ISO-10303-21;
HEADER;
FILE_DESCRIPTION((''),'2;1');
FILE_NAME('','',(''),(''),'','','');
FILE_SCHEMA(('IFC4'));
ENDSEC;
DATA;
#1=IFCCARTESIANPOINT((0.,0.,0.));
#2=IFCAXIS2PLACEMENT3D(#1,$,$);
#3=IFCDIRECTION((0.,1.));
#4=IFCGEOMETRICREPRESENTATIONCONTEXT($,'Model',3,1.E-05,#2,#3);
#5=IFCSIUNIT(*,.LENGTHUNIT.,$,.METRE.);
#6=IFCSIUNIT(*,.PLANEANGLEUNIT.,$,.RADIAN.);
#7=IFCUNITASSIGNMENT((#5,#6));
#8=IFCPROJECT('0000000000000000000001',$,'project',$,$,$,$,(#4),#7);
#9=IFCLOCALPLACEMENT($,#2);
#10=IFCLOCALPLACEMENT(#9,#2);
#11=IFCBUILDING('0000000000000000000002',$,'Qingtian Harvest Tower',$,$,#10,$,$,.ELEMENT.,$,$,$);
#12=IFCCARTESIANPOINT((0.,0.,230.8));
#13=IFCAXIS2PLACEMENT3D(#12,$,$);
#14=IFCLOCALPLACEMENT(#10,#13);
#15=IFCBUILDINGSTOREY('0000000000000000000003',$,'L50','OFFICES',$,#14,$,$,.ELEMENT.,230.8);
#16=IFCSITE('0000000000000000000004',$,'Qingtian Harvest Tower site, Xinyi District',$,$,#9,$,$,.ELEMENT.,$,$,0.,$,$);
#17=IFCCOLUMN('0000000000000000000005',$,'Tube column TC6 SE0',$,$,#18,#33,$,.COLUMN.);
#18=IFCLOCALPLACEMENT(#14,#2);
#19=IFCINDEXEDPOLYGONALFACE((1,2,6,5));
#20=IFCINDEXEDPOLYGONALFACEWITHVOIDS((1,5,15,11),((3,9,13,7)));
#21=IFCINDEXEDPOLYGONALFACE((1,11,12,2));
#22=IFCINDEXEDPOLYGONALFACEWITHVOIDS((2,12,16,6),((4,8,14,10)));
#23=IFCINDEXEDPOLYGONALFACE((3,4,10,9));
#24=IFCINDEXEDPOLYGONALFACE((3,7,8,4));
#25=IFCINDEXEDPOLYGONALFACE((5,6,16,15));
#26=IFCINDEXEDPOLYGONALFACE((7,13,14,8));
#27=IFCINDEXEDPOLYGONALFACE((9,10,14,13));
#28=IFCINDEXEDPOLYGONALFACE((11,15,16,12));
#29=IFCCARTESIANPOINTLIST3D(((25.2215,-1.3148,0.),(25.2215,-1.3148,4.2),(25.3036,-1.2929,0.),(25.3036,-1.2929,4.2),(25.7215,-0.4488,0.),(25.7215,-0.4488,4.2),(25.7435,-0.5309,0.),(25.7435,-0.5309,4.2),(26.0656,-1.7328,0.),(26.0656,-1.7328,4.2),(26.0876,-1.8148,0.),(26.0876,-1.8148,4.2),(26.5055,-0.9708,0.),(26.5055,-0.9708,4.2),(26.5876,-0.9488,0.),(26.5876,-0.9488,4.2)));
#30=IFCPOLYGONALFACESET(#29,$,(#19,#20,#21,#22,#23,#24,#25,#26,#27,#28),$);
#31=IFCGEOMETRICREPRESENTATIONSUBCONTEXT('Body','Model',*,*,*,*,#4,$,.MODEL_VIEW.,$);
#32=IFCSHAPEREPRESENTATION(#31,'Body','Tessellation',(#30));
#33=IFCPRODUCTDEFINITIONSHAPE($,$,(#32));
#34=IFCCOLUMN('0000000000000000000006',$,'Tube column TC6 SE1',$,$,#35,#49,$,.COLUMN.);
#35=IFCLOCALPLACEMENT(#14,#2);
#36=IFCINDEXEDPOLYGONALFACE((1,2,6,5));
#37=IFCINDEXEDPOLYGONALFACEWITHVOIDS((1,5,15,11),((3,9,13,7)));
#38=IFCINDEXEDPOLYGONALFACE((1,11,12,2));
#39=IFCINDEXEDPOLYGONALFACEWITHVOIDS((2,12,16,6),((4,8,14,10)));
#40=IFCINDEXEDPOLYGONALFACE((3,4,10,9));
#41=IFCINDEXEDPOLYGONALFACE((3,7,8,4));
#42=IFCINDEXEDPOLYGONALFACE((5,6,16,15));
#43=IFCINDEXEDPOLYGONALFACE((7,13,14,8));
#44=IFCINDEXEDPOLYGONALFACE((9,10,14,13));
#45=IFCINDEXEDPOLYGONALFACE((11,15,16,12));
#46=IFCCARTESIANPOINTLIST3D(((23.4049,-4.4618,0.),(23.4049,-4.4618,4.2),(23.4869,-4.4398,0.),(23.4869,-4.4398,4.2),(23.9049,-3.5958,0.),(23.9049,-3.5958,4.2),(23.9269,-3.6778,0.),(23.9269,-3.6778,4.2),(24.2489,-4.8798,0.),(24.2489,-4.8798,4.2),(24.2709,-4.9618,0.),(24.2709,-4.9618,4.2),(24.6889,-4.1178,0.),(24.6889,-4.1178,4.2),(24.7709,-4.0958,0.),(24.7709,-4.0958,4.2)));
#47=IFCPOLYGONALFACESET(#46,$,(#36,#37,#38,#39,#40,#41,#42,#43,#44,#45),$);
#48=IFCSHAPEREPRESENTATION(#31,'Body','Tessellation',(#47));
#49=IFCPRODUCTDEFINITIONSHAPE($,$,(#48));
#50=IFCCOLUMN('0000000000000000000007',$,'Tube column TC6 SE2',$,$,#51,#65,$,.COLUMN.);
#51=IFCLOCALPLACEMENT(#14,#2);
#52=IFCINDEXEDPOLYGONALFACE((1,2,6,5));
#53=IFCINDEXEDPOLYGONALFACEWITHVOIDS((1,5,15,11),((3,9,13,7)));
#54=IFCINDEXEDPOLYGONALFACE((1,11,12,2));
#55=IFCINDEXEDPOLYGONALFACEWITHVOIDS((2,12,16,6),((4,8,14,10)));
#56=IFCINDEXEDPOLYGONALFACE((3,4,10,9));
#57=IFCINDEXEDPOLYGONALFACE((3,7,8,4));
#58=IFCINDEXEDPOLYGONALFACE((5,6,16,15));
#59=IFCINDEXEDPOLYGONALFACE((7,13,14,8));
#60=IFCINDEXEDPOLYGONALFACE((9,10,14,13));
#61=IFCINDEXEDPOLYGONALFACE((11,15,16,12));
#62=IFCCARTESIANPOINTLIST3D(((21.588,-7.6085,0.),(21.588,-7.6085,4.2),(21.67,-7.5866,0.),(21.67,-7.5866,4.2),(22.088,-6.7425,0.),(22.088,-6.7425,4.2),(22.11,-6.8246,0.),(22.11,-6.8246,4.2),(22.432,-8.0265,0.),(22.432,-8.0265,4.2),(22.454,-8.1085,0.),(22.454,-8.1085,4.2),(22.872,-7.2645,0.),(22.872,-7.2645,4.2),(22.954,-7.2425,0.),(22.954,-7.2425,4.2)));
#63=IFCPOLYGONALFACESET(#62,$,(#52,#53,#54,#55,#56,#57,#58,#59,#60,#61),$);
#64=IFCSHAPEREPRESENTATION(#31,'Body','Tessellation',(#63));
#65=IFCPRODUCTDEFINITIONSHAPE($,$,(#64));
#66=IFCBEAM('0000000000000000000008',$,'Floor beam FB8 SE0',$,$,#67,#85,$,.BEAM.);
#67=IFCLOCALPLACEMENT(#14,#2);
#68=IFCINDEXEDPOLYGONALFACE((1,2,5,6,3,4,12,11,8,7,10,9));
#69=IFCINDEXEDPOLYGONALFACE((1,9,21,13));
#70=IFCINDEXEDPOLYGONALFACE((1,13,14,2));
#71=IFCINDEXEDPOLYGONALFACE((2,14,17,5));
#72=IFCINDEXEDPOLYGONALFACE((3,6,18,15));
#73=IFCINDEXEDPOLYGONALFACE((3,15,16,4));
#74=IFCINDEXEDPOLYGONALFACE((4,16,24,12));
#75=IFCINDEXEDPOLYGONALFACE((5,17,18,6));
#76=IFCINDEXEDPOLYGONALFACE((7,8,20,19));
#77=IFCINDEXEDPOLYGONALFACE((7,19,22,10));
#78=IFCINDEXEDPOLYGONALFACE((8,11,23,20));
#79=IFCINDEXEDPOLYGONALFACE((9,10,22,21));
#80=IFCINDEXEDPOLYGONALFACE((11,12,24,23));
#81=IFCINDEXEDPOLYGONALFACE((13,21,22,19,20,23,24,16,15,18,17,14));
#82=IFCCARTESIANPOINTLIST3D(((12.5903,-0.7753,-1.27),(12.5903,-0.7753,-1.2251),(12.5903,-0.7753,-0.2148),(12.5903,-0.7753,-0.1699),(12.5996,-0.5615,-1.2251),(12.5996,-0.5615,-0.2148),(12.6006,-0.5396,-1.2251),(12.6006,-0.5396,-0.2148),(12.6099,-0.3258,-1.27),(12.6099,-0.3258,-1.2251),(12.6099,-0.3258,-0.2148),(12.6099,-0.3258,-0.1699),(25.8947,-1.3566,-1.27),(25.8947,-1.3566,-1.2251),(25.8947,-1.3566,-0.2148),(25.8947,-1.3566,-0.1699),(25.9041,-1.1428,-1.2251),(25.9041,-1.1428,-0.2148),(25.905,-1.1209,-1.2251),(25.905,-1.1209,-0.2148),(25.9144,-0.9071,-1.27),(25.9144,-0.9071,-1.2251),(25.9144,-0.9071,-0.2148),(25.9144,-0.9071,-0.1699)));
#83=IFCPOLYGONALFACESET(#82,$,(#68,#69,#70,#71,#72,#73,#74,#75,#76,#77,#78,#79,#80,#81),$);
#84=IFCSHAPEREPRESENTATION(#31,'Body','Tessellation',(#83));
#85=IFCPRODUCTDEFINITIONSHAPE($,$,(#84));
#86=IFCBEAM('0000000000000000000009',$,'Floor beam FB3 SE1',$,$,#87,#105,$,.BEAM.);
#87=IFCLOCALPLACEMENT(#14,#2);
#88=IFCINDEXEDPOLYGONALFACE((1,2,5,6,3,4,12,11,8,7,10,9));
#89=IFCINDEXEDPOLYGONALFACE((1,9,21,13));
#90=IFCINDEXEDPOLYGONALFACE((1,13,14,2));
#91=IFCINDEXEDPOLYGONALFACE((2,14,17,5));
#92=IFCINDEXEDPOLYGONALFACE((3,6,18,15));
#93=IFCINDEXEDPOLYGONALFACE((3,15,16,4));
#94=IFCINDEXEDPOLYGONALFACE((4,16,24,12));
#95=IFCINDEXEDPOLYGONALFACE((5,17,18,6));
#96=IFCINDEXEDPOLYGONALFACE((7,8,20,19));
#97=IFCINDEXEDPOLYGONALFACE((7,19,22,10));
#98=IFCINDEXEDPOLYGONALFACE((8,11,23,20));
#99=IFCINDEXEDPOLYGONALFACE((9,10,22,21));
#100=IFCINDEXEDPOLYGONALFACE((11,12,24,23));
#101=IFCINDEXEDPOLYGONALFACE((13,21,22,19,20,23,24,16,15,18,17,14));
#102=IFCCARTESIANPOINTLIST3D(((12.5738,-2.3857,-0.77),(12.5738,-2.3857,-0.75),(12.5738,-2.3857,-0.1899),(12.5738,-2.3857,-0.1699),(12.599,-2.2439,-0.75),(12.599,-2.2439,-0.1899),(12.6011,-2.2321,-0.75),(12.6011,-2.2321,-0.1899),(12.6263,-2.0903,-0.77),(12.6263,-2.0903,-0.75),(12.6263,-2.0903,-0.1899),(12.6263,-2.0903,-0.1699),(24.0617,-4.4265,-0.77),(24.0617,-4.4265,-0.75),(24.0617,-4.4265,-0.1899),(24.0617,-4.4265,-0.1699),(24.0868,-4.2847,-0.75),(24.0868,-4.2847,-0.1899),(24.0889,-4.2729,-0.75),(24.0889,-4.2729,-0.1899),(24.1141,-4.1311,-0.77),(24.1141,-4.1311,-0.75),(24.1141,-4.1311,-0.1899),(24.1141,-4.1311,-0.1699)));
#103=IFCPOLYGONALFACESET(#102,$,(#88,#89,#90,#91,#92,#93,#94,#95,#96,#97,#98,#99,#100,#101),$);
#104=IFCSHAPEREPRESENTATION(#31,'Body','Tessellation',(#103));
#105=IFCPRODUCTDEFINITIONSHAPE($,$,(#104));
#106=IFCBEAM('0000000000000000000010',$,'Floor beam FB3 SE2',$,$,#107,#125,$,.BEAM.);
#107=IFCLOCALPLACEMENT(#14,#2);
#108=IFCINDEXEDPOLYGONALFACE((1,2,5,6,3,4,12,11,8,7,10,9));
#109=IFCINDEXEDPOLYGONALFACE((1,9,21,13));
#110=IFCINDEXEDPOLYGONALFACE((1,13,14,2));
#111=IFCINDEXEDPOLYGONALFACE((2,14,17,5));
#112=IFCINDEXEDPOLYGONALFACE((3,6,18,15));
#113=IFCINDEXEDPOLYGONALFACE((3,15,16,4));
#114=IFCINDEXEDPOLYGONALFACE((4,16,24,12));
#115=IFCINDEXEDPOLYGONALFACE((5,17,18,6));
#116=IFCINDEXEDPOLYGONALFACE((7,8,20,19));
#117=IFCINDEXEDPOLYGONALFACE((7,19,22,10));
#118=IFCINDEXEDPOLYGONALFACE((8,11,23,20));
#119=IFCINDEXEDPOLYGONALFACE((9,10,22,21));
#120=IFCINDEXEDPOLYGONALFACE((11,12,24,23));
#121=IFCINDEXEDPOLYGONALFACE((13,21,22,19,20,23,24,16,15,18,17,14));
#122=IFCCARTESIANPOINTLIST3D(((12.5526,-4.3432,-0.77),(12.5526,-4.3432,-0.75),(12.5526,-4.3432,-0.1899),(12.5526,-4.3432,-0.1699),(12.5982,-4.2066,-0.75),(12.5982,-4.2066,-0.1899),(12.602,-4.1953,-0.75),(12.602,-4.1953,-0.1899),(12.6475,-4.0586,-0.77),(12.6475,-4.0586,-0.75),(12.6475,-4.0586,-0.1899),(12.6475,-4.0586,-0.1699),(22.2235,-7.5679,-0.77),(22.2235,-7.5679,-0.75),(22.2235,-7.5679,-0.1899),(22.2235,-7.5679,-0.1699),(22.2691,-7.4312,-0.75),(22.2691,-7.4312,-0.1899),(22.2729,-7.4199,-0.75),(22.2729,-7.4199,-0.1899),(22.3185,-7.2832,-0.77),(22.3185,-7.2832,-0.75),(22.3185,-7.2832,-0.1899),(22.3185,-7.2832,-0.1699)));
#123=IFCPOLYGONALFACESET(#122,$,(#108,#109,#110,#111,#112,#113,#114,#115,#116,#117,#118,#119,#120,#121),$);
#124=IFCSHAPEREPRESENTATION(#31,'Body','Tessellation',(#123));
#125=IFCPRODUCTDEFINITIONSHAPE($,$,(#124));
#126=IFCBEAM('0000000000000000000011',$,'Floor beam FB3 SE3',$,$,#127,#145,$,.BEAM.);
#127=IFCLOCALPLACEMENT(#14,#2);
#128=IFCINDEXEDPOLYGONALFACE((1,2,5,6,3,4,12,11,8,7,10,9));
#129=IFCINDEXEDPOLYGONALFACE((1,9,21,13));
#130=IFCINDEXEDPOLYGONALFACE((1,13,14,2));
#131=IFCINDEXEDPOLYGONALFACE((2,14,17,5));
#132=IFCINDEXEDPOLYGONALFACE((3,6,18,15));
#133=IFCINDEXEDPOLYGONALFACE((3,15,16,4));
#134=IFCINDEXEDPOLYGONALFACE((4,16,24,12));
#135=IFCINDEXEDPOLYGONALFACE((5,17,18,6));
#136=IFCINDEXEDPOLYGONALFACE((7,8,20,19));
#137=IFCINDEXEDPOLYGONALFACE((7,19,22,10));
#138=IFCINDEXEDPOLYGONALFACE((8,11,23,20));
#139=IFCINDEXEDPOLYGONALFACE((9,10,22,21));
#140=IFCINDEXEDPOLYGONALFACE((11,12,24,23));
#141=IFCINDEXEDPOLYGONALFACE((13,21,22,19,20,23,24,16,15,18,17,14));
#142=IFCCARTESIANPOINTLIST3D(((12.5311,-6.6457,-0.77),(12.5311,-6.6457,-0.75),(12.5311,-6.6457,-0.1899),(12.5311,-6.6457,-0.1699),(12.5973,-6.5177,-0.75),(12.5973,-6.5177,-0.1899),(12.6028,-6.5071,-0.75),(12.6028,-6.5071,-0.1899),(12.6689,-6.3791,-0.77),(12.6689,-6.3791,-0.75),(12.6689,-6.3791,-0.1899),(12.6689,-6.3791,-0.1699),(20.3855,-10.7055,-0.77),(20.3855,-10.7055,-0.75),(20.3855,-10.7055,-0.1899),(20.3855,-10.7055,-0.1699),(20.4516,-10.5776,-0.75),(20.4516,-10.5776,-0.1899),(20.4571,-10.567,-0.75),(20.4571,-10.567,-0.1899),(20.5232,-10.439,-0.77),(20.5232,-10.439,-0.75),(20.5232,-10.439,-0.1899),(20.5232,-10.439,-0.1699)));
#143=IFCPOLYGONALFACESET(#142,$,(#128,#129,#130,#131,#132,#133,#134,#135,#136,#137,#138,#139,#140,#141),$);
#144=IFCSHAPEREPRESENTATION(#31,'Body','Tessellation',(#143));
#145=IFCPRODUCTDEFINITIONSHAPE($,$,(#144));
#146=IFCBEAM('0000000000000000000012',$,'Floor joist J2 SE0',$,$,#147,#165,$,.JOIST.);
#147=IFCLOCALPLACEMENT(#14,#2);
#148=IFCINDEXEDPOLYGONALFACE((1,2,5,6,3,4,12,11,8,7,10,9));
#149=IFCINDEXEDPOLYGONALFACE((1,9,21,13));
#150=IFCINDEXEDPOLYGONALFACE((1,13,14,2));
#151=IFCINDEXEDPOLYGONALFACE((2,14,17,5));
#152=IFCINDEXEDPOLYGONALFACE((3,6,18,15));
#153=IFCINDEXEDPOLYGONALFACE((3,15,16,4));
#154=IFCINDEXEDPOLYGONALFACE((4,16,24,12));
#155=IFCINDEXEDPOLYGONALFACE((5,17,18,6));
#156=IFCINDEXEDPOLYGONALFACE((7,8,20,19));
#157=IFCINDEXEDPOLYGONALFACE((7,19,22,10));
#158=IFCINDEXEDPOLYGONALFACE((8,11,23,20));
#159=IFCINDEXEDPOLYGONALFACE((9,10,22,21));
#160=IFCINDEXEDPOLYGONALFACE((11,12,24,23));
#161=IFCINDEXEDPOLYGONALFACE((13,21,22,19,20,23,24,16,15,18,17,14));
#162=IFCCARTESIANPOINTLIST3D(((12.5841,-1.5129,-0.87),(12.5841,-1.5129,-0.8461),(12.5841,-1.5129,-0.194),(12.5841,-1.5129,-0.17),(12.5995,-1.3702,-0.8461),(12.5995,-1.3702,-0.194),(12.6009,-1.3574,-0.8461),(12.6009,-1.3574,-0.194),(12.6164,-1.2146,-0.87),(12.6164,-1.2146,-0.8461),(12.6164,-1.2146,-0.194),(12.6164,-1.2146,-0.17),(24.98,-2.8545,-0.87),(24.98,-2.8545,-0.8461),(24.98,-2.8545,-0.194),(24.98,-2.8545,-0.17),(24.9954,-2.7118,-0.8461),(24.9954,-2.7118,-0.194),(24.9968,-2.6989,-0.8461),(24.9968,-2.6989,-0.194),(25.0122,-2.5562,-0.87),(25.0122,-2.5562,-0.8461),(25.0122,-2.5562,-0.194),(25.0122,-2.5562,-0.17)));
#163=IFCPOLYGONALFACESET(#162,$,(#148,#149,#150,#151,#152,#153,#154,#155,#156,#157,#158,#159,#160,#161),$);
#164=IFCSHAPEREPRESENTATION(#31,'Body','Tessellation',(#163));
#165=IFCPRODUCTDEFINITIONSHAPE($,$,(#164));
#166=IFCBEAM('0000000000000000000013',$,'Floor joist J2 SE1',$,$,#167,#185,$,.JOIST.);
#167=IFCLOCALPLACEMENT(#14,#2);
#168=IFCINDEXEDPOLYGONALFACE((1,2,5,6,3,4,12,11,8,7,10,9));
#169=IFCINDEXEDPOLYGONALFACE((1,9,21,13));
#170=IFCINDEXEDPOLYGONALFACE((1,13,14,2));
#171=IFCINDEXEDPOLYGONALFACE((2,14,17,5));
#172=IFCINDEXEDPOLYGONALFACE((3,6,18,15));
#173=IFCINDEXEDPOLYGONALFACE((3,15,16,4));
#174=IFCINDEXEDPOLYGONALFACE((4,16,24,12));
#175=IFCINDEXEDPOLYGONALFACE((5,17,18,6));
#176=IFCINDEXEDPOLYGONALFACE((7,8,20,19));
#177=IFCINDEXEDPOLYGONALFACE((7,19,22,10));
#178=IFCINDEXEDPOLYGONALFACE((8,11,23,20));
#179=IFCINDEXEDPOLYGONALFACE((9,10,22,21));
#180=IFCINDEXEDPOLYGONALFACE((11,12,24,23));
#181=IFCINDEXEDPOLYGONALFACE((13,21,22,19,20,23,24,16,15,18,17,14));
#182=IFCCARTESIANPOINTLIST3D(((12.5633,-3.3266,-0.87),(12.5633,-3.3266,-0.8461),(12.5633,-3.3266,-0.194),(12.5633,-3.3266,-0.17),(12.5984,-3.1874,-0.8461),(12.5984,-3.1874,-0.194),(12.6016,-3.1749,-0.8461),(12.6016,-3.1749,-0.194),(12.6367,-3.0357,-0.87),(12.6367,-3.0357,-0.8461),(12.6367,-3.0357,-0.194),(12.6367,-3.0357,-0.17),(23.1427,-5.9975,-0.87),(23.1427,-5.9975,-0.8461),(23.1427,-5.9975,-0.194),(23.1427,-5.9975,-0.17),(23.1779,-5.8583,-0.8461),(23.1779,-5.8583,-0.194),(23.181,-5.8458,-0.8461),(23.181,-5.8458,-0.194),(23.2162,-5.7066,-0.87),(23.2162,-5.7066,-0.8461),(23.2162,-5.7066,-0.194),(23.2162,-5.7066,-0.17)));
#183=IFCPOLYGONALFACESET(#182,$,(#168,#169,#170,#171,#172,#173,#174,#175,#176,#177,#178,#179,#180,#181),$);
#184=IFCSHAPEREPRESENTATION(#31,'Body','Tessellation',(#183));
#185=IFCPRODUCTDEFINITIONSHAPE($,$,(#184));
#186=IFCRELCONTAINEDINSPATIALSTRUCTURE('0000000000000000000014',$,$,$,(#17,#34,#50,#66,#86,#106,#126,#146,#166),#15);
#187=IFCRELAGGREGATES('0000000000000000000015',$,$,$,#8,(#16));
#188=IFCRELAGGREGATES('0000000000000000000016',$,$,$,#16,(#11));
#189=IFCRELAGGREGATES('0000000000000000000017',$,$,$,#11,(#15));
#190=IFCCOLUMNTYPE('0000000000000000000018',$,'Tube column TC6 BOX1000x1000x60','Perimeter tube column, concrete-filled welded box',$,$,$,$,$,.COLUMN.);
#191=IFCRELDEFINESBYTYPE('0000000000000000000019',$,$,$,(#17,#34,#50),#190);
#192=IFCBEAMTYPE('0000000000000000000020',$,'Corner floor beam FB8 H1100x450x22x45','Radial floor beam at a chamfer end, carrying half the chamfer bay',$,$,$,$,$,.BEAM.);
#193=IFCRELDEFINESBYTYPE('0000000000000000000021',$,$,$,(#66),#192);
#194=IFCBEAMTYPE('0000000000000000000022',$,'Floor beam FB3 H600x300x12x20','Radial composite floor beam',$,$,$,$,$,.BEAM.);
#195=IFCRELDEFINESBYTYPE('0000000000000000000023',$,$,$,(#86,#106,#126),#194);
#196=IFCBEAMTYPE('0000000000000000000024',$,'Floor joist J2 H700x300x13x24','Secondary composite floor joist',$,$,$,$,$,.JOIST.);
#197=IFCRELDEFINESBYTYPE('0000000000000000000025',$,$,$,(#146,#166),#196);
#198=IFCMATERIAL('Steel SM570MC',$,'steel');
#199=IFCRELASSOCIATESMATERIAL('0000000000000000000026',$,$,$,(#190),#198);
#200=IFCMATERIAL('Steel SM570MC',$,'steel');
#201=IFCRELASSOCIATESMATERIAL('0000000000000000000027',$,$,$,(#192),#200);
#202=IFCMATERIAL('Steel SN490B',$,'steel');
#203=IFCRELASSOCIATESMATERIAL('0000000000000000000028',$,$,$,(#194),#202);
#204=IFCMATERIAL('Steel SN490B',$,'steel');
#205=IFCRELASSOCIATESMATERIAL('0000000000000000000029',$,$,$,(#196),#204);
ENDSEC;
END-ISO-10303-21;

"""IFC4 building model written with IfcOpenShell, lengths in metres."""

from ifc_helpers import new_model, si_unit, direction, frame, origin, origin_2d, place, context, subcontext, project, spatial, hollow_rectangle, i_section, extrude, material, material_profile, profile_set, type_object, element, save


model = new_model("IFC4")

# Units and contexts
model_context = context("Model", 3, precision=1e-05, world=origin(), true_north=direction((0.0, 1.0)))
body_context = subcontext(model_context, "Body", "Model", "MODEL_VIEW")
ifc_project = project(units=[si_unit("LENGTHUNIT", "METRE"), si_unit("PLANEANGLEUNIT", "RADIAN")], contexts=[model_context])

# Site, building, storey
site_placement = place(None, origin())
site = spatial("IfcSite", under=ifc_project, at=site_placement, Name="Qingtian Harvest Tower site, Xinyi District", CompositionType="ELEMENT", RefElevation=0.0)
building_placement = place(site_placement, origin())
building = spatial("IfcBuilding", under=site, at=building_placement, Name="Qingtian Harvest Tower", CompositionType="ELEMENT")
storey_placement = place(building_placement, frame((0.0, 0.0, 230.8)))
storey = spatial("IfcBuildingStorey", under=building, at=storey_placement, Name="L50", Description="OFFICES", CompositionType="ELEMENT", Elevation=230.8)

# Columns
ifc_material_1 = material(Name="Steel SM570MC", Category="steel")
ifc_material_profile_1 = material_profile(ifc_material_1, hollow_rectangle(XDim=1.0, YDim=1.0, WallThickness=0.0601, at=origin_2d()), Name="BOX1000x1000x60")
ifc_profile_set_1 = profile_set([ifc_material_profile_1], Name="Steel SM570MC")
column_type = type_object("IfcColumnType", Name="Tube column TC6 BOX1000x1000x60", Description="Perimeter tube column, concrete-filled welded box", PredefinedType="COLUMN", material=ifc_profile_set_1)
for number, where, z_axis, x_axis, name in (
    (1, (25.9045, -1.1318, 0.0), (0.0, 0.0, 1.0), (0.5, 0.866025, 0.0), "Tube column TC6 SE0"),
    (2, (24.0879, -4.2788, 0.0), (0.0, 0.0, 1.0), (0.5, 0.866025, 0.0), "Tube column TC6 SE1"),
    (3, (22.271, -7.4255, 0.0), (0.0, 0.0, 1.0), (0.5, 0.866025, 0.0), "Tube column TC6 SE2"),
):
    element("IfcColumn", number, at=place(storey_placement, frame(where, z_axis=z_axis, x_axis=x_axis)), inside=storey, type_object=column_type, Name=name, PredefinedType="COLUMN", context=body_context, shape_type="SweptSolid", body=[
        extrude(hollow_rectangle(XDim=1.0, YDim=1.0, WallThickness=0.0601, at=origin_2d()), origin(), (0.0, 0.0, 1.0), 4.2),
    ])

# Beams
ifc_material_2 = material(Name="Steel SM570MC", Category="steel")
ifc_material_profile_2 = material_profile(ifc_material_2, i_section(OverallWidth=0.45, OverallDepth=1.1001, WebThickness=0.022, FlangeThickness=0.0449, at=origin_2d()), Name="H1100x450x22x45")
ifc_profile_set_2 = profile_set([ifc_material_profile_2], Name="Steel SM570MC")
beam_type_1 = type_object("IfcBeamType", Name="Corner floor beam FB8 H1100x450x22x45", Description="Radial floor beam at a chamfer end, carrying half the chamfer bay", PredefinedType="BEAM", material=ifc_profile_set_2)
beam_1_placement = place(storey_placement, frame((25.9045, -1.1318, -0.72), z_axis=(-0.999047, 0.04365, 0.0), x_axis=(-0.04365, -0.999047, 0.0)))
element("IfcBeam", 4, at=beam_1_placement, inside=storey, type_object=beam_type_1, Name="Floor beam FB8 SE0", PredefinedType="BEAM", context=body_context, shape_type="SweptSolid", body=[
    extrude(i_section(OverallWidth=0.45, OverallDepth=1.1001, WebThickness=0.022, FlangeThickness=0.0449, at=origin_2d()), origin(), (0.0, 0.0, 1.0), 13.3171),
])
ifc_material_3 = material(Name="Steel SN490B", Category="steel")
ifc_material_profile_3 = material_profile(ifc_material_3, i_section(OverallWidth=0.3, OverallDepth=0.6001, WebThickness=0.012, FlangeThickness=0.02, at=origin_2d()), Name="H600x300x12x20")
ifc_profile_set_3 = profile_set([ifc_material_profile_3], Name="Steel SN490B")
beam_type_2 = type_object("IfcBeamType", Name="Floor beam FB3 H600x300x12x20", Description="Radial composite floor beam", PredefinedType="BEAM", material=ifc_profile_set_3)
beam_2_placement = place(storey_placement, frame((24.0879, -4.2788, -0.47), z_axis=(-0.984585, 0.174908, 0.0), x_axis=(-0.174908, -0.984585, 0.0)))
element("IfcBeam", 5, at=beam_2_placement, inside=storey, type_object=beam_type_2, Name="Floor beam FB3 SE1", PredefinedType="BEAM", context=body_context, shape_type="SweptSolid", body=[
    extrude(i_section(OverallWidth=0.3, OverallDepth=0.6001, WebThickness=0.012, FlangeThickness=0.02, at=origin_2d()), origin(), (0.0, 0.0, 1.0), 11.6677),
])
beam_3_placement = place(storey_placement, frame((22.271, -7.4255, -0.47), z_axis=(-0.948655, 0.316314, 0.0), x_axis=(-0.316314, -0.948655, 0.0)))
element("IfcBeam", 6, at=beam_3_placement, inside=storey, type_object=beam_type_2, Name="Floor beam FB3 SE2", PredefinedType="BEAM", context=body_context, shape_type="SweptSolid", body=[
    extrude(i_section(OverallWidth=0.3, OverallDepth=0.6001, WebThickness=0.012, FlangeThickness=0.02, at=origin_2d()), origin(), (0.0, 0.0, 1.0), 10.1943),
])
beam_4_placement = place(storey_placement, frame((20.4543, -10.5723, -0.47), z_axis=(-0.888344, 0.45918, 0.0), x_axis=(-0.45918, -0.888344, 0.0)))
element("IfcBeam", 7, at=beam_4_placement, inside=storey, type_object=beam_type_2, Name="Floor beam FB3 SE3", PredefinedType="BEAM", context=body_context, shape_type="SweptSolid", body=[
    extrude(i_section(OverallWidth=0.3, OverallDepth=0.6001, WebThickness=0.012, FlangeThickness=0.02, at=origin_2d()), origin(), (0.0, 0.0, 1.0), 8.8416),
])
ifc_material_4 = material(Name="Steel SN490B", Category="steel")
ifc_material_profile_4 = material_profile(ifc_material_4, i_section(OverallWidth=0.3, OverallDepth=0.7, WebThickness=0.0129, FlangeThickness=0.0239, at=origin_2d()), Name="H700x300x13x24")
ifc_profile_set_4 = profile_set([ifc_material_profile_4], Name="Steel SN490B")
beam_type_3 = type_object("IfcBeamType", Name="Floor joist J2 H700x300x13x24", Description="Secondary composite floor joist", PredefinedType="JOIST", material=ifc_profile_set_4)
beam_5_placement = place(storey_placement, frame((24.9961, -2.7053, -0.52), z_axis=(-0.994195, 0.107596, 0.0), x_axis=(-0.107596, -0.994195, 0.0)))
element("IfcBeam", 8, at=beam_5_placement, inside=storey, type_object=beam_type_3, Name="Floor joist J2 SE0", PredefinedType="JOIST", context=body_context, shape_type="SweptSolid", body=[
    extrude(i_section(OverallWidth=0.3, OverallDepth=0.7, WebThickness=0.0129, FlangeThickness=0.0239, at=origin_2d()), origin(), (0.0, 0.0, 1.0), 12.4683),
])
beam_6_placement = place(storey_placement, frame((23.1794, -5.8521, -0.52), z_axis=(-0.969578, 0.244783, 0.0), x_axis=(-0.244783, -0.969578, 0.0)))
element("IfcBeam", 9, at=beam_6_placement, inside=storey, type_object=beam_type_3, Name="Floor joist J2 SE1", PredefinedType="JOIST", context=body_context, shape_type="SweptSolid", body=[
    extrude(i_section(OverallWidth=0.3, OverallDepth=0.7, WebThickness=0.0129, FlangeThickness=0.0239, at=origin_2d()), origin(), (0.0, 0.0, 1.0), 10.9114),
])

save(model, "model.ifc")
